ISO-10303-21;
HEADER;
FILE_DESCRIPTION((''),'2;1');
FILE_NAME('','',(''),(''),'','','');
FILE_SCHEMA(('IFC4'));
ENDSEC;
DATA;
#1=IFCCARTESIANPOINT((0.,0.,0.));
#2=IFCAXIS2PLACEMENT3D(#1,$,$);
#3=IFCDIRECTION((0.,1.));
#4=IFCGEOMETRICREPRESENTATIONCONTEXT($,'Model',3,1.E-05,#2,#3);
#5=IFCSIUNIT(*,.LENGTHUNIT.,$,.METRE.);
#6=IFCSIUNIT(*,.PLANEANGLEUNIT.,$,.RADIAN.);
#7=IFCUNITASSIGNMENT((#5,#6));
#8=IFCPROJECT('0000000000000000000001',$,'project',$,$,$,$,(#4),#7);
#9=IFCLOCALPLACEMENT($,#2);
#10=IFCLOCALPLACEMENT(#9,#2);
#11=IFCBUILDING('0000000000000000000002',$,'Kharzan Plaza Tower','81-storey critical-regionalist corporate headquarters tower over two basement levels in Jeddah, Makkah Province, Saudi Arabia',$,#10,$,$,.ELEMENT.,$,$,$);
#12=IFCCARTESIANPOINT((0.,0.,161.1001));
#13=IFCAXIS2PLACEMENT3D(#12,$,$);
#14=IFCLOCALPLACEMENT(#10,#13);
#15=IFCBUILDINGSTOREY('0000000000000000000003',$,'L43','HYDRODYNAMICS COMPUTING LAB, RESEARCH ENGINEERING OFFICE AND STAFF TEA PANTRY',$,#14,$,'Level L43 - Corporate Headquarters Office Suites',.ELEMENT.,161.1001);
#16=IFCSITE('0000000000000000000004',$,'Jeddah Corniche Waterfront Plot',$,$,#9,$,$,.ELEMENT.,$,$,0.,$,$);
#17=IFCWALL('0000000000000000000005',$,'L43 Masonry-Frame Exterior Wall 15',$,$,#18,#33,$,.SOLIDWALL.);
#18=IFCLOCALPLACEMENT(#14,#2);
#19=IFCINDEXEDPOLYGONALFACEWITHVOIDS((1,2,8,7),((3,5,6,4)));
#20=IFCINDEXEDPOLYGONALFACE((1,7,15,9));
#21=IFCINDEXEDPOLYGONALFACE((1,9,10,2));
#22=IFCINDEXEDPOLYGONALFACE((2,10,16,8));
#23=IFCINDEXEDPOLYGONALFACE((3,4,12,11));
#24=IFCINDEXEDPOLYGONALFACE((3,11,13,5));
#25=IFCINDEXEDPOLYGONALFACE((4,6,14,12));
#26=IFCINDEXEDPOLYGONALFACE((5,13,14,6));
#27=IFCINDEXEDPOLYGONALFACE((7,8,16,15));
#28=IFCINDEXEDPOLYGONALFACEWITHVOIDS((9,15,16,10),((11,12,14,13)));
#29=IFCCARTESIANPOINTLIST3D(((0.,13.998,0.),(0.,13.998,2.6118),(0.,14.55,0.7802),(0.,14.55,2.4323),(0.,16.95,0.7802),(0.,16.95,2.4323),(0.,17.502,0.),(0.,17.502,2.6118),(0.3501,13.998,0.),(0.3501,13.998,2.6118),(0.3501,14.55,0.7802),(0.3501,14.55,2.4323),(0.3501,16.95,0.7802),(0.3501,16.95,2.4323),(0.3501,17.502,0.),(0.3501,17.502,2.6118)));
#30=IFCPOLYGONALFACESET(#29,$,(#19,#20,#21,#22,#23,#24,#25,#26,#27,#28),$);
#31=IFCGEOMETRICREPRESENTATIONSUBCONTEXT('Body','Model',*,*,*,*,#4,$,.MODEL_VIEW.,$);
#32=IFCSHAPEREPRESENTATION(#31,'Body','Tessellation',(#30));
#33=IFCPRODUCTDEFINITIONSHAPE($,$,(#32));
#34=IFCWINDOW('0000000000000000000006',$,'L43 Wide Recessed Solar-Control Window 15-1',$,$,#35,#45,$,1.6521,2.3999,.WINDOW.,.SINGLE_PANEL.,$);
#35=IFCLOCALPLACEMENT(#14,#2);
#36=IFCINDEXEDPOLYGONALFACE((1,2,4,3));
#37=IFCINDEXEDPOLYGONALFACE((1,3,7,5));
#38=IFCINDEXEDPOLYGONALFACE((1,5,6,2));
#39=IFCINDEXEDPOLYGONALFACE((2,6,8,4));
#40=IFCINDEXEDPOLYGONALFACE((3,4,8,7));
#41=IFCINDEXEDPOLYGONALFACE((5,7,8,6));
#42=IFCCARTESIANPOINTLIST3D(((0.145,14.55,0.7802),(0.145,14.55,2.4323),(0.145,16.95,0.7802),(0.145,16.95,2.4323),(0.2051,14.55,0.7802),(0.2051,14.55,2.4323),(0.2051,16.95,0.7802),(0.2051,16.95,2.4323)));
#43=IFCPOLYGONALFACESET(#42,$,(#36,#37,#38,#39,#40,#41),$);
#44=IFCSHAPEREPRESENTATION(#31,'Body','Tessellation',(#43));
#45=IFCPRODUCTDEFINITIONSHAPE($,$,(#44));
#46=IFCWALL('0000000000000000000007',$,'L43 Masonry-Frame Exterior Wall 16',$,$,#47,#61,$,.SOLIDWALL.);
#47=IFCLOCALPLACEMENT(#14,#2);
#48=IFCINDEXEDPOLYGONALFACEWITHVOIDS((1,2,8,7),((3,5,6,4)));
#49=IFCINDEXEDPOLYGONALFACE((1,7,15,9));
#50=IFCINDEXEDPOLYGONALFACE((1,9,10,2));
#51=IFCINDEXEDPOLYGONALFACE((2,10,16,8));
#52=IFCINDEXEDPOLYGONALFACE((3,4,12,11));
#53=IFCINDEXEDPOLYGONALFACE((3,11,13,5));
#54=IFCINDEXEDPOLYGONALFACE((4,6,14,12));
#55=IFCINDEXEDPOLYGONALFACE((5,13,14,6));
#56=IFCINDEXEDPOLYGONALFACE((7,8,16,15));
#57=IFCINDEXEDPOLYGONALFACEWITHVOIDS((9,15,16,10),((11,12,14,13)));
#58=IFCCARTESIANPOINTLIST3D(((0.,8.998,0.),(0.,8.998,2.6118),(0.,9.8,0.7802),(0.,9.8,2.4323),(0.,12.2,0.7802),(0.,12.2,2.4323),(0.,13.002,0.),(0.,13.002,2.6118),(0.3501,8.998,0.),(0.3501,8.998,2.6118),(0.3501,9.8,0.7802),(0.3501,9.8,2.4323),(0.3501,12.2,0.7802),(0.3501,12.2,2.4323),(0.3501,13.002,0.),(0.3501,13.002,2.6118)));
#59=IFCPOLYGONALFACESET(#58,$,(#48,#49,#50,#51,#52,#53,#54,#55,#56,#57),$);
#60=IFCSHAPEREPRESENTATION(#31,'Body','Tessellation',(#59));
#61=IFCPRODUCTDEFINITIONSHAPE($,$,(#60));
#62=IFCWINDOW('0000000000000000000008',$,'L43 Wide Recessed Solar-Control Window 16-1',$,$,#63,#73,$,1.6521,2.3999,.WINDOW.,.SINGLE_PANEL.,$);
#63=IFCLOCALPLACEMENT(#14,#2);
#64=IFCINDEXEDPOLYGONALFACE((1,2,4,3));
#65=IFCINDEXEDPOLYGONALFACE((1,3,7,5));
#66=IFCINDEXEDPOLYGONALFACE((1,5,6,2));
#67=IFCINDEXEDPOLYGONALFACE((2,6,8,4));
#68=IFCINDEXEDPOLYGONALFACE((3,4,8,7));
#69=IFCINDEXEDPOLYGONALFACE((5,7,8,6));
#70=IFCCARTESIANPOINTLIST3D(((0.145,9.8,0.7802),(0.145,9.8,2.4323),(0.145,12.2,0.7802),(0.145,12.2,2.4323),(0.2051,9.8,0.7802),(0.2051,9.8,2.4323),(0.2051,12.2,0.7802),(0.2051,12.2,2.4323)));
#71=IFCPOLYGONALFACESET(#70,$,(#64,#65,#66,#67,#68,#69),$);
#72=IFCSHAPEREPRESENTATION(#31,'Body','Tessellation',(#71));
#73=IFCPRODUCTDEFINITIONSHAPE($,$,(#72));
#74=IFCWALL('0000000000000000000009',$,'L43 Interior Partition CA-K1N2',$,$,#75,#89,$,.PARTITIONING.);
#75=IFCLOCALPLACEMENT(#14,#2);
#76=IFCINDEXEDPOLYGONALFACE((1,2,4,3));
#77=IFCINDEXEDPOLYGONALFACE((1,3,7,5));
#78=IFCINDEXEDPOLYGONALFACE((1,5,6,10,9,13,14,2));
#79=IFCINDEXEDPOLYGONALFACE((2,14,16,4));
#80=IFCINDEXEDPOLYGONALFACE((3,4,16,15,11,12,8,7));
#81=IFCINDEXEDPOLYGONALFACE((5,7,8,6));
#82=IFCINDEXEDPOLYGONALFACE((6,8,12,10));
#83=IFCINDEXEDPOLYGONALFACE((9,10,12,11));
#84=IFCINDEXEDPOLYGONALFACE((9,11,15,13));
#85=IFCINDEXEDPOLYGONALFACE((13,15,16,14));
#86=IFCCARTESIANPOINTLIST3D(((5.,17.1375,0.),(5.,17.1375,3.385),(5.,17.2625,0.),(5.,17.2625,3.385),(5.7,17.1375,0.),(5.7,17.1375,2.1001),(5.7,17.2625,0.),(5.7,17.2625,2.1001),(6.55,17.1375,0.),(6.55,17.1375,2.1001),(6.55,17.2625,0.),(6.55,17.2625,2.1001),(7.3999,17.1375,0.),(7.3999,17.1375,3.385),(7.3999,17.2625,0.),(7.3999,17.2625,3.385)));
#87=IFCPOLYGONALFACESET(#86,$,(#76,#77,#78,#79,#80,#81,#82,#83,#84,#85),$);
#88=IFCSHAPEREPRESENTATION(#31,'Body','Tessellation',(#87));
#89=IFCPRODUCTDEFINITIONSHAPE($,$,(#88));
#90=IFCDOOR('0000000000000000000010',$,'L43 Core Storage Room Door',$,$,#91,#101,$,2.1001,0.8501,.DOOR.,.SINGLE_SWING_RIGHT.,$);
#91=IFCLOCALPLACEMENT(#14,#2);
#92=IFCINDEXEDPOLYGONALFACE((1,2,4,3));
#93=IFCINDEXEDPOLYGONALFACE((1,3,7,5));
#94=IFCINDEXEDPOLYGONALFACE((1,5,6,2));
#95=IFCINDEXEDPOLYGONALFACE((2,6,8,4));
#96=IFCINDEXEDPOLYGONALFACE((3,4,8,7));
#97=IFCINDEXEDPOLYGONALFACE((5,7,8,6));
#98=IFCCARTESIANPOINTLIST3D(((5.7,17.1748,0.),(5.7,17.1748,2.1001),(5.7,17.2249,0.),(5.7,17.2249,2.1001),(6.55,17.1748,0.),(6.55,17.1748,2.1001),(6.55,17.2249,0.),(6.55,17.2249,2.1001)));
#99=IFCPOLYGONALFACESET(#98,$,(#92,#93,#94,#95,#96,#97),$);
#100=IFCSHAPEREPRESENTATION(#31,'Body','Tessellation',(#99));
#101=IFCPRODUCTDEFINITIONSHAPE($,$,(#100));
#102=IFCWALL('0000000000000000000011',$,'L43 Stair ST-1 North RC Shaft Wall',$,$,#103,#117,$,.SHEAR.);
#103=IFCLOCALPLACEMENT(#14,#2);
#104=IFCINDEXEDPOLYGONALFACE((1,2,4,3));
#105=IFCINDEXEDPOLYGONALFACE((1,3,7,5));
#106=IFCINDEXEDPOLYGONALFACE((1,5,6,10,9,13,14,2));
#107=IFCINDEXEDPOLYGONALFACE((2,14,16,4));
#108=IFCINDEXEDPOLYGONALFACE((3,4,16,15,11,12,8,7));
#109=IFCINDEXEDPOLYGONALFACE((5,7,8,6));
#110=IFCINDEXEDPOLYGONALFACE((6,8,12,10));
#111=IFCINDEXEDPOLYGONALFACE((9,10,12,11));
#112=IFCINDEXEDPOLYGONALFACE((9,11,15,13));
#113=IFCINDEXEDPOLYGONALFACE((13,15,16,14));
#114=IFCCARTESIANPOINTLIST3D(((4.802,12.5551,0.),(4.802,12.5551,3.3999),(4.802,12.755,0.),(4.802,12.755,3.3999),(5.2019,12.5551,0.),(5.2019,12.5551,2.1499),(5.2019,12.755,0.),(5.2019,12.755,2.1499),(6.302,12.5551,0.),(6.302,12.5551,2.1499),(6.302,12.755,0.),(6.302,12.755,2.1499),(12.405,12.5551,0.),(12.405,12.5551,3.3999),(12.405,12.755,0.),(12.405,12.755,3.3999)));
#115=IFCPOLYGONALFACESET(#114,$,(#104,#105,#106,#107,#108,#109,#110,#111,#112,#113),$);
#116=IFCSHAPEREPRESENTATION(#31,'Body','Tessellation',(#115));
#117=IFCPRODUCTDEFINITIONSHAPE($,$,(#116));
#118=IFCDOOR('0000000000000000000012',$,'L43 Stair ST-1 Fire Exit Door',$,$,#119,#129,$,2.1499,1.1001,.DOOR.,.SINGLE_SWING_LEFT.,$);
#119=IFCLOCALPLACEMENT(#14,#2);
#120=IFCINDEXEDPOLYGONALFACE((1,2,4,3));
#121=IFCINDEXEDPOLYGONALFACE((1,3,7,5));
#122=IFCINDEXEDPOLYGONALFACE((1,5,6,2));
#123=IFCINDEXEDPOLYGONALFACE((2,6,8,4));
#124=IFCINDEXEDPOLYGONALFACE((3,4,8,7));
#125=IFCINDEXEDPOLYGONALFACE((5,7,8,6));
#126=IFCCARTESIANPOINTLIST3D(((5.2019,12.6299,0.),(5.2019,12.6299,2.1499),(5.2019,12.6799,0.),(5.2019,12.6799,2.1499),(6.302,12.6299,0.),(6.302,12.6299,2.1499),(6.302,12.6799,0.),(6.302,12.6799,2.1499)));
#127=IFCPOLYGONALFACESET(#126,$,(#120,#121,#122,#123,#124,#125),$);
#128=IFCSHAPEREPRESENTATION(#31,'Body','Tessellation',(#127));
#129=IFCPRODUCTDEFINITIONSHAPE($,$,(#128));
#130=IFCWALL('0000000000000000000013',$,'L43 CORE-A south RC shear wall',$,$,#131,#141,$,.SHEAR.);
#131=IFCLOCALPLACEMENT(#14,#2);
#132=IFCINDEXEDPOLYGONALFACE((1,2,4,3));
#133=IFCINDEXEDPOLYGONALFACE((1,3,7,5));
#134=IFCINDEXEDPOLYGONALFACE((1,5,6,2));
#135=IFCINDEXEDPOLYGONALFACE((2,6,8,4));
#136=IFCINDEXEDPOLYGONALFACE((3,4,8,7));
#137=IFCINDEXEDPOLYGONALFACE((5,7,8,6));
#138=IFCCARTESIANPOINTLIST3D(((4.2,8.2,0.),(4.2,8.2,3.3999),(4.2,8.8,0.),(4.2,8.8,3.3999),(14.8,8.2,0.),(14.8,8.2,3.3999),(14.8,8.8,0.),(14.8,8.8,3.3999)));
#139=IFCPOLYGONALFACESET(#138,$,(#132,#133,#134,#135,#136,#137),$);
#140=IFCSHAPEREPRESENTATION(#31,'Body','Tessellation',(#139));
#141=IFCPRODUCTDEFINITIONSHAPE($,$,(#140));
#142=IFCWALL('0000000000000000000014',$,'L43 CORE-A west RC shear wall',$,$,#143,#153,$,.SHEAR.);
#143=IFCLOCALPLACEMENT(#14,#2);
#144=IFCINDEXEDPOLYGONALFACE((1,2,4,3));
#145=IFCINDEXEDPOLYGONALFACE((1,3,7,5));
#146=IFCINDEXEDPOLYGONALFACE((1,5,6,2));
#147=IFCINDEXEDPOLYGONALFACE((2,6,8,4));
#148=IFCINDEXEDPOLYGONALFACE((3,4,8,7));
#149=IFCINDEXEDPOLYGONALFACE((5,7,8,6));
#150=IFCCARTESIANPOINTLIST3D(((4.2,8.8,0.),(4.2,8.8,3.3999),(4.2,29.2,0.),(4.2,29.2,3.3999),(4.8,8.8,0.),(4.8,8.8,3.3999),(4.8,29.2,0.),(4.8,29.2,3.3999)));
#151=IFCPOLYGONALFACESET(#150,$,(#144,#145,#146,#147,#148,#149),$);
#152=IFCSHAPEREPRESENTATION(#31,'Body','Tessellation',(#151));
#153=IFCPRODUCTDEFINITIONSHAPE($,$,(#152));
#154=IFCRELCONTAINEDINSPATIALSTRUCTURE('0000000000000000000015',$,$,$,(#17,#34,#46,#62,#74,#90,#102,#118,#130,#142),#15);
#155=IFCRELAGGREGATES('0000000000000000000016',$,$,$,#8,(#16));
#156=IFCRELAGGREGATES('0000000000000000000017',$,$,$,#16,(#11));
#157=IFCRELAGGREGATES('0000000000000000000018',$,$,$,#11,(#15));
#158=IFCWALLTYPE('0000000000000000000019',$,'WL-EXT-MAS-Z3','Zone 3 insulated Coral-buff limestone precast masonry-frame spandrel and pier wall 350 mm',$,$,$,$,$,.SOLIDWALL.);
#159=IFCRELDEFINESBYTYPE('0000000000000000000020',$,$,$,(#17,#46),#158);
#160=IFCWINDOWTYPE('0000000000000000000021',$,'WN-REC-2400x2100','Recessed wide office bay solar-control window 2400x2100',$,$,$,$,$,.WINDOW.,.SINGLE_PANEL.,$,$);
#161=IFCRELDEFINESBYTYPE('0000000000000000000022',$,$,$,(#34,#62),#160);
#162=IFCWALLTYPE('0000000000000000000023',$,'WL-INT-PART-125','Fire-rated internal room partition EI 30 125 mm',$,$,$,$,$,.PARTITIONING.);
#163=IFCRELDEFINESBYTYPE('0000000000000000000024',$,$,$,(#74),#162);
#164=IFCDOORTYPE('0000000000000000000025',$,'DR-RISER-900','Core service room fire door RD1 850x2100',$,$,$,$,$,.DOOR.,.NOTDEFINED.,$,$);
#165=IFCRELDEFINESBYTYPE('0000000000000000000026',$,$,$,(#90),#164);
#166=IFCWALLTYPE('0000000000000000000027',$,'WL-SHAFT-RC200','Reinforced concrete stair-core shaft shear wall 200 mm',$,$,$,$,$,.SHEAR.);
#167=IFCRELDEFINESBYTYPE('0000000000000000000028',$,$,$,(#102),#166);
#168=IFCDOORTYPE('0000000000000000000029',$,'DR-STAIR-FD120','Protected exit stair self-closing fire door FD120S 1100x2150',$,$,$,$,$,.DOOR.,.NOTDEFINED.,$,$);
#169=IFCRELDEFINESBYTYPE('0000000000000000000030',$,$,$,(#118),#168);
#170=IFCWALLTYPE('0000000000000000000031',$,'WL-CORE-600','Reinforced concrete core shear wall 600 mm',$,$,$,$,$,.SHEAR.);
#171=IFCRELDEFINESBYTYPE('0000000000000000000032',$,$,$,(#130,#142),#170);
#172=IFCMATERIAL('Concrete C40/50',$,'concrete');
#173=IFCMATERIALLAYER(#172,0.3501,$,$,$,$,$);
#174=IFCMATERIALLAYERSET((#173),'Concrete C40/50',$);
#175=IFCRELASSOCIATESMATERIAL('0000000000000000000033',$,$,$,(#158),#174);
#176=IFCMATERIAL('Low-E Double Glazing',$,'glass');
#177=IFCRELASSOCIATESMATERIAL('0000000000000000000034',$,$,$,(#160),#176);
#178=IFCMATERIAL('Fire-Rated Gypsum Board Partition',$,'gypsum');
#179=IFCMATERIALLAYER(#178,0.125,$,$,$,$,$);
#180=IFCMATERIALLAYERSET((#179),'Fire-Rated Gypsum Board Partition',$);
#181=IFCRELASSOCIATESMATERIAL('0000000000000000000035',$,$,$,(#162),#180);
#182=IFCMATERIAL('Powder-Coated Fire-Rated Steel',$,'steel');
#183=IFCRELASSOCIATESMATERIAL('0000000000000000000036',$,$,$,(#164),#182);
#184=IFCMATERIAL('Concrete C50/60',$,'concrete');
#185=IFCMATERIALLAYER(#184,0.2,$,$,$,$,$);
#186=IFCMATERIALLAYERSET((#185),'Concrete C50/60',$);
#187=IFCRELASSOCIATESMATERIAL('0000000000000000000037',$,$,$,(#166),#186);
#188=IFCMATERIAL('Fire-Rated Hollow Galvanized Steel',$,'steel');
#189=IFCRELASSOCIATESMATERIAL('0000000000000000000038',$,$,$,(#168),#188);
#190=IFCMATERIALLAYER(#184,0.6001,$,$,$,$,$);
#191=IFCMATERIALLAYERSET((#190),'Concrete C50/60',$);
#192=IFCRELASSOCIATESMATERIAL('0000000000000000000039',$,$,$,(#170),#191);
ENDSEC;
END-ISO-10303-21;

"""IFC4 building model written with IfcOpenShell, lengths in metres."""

from ifc_helpers import new_model, si_unit, direction, frame, frame_2d, origin, place, context, subcontext, project, spatial, rectangle, extrude, source, transform, mapped, material, layer, layer_set, type_object, element, fill, save


model = new_model("IFC4")

# Units and contexts
model_context = context("Model", 3, precision=1e-05, world=origin(), true_north=direction((0.0, 1.0)))
body_context = subcontext(model_context, "Body", "Model", "MODEL_VIEW")
ifc_project = project(units=[si_unit("LENGTHUNIT", "METRE"), si_unit("PLANEANGLEUNIT", "RADIAN")], contexts=[model_context])

# Site, building, storey
site_placement = place(None, origin())
site = spatial("IfcSite", under=ifc_project, at=site_placement, Name="Jeddah Corniche Waterfront Plot", CompositionType="ELEMENT", RefElevation=0.0)
building_placement = place(site_placement, origin())
building = spatial("IfcBuilding", under=site, at=building_placement, Name="Kharzan Plaza Tower", Description="81-storey critical-regionalist corporate headquarters tower over two basement levels in Jeddah, Makkah Province, Saudi Arabia", CompositionType="ELEMENT")
storey_placement = place(building_placement, frame((0.0, 0.0, 161.1001)))
storey = spatial("IfcBuildingStorey", under=building, at=storey_placement, Name="L43", Description="HYDRODYNAMICS COMPUTING LAB, RESEARCH ENGINEERING OFFICE AND STAFF TEA PANTRY", LongName="Level L43 - Corporate Headquarters Office Suites", CompositionType="ELEMENT", Elevation=161.1001)

# Shared definitions
ifc_material_1 = material(Name="Concrete C50/60", Category="concrete")

# Walls, openings, windows
ifc_material_2 = material(Name="Concrete C40/50", Category="concrete")
ifc_layer_1 = layer(ifc_material_2, 0.3501)
ifc_layer_set_1 = layer_set([ifc_layer_1], Name="Concrete C40/50")
wall_type_1 = type_object("IfcWallType", Name="WL-EXT-MAS-Z3", Description="Zone 3 insulated Coral-buff limestone precast masonry-frame spandrel and pier wall 350 mm", PredefinedType="SOLIDWALL", material=ifc_layer_set_1)
wall_1_placement = place(storey_placement, frame((0.175, 17.502, 0.0), z_axis=(0.0, 0.0, 1.0), x_axis=(0.0, -1.0, 0.0)))
wall_1 = element("IfcWall", 1, at=wall_1_placement, inside=storey, type_object=wall_type_1, Name="L43 Masonry-Frame Exterior Wall 15", PredefinedType="SOLIDWALL", context=body_context, shape_type="SweptSolid", body=[
    extrude(rectangle(XDim=3.5039, YDim=0.3501, at=frame_2d((1.752, 0.0))), origin(), (0.0, 0.0, 1.0), 2.6118),
])
opening_1_placement = place(wall_1_placement, frame((0.552, 0.0, 0.78)))
opening_1 = element("IfcOpeningElement", 2, at=opening_1_placement, cuts=wall_1, PredefinedType="OPENING", context=body_context, shape_type="SweptSolid", body=[
    extrude(rectangle(XDim=2.3999, YDim=1.6521, at=frame_2d((1.2, 0.8262))), frame((0.0, 0.1851, 0.0), z_axis=(0.0, -1.0, 0.0), x_axis=(1.0, 0.0, 0.0)), (0.0, 0.0, 1.0), 0.3701),
])
ifc_material_3 = material(Name="Low-E Double Glazing", Category="glass")
window_type = type_object("IfcWindowType", Name="WN-REC-2400x2100", Description="Recessed wide office bay solar-control window 2400x2100", PartitioningType="SINGLE_PANEL", PredefinedType="WINDOW", material=ifc_material_3)
shared_shape_1 = source(origin(), body_context, "Body", "SweptSolid", [
    extrude(rectangle(XDim=2.3999, YDim=1.6521, at=frame_2d((1.2, 0.8262))), frame((0.0, 0.03, 0.0), z_axis=(0.0, -1.0, 0.0), x_axis=(1.0, 0.0, 0.0)), (0.0, 0.0, 1.0), 0.0601),
])
window_1_placement = place(opening_1_placement, origin())
window_1 = element("IfcWindow", 3, at=window_1_placement, inside=storey, type_object=window_type, Name="L43 Wide Recessed Solar-Control Window 15-1", OverallHeight=1.6521, OverallWidth=2.3999, PartitioningType="SINGLE_PANEL", PredefinedType="WINDOW", context=body_context, shape_type="MappedRepresentation", body=[
    mapped(shared_shape_1, transform((0.0, 0.0, 0.0), x_axis=(1.0, 0.0, 0.0), y_axis=(0.0, 1.0, 0.0), z_axis=(0.0, 0.0, 1.0))),
])
fill(opening_1, window_1)
wall_2_placement = place(storey_placement, frame((0.175, 13.002, 0.0), z_axis=(0.0, 0.0, 1.0), x_axis=(0.0, -1.0, 0.0)))
wall_2 = element("IfcWall", 4, at=wall_2_placement, inside=storey, type_object=wall_type_1, Name="L43 Masonry-Frame Exterior Wall 16", PredefinedType="SOLIDWALL", context=body_context, shape_type="SweptSolid", body=[
    extrude(rectangle(XDim=4.0039, YDim=0.3501, at=frame_2d((2.002, 0.0))), origin(), (0.0, 0.0, 1.0), 2.6118),
])
opening_2_placement = place(wall_2_placement, frame((0.802, 0.0, 0.78)))
opening_2 = element("IfcOpeningElement", 5, at=opening_2_placement, cuts=wall_2, PredefinedType="OPENING", context=body_context, shape_type="SweptSolid", body=[
    extrude(rectangle(XDim=2.3999, YDim=1.6521, at=frame_2d((1.2, 0.8262))), frame((0.0, 0.1851, 0.0), z_axis=(0.0, -1.0, 0.0), x_axis=(1.0, 0.0, 0.0)), (0.0, 0.0, 1.0), 0.3701),
])
window_2_placement = place(opening_2_placement, origin())
window_2 = element("IfcWindow", 6, at=window_2_placement, inside=storey, type_object=window_type, Name="L43 Wide Recessed Solar-Control Window 16-1", OverallHeight=1.6521, OverallWidth=2.3999, PartitioningType="SINGLE_PANEL", PredefinedType="WINDOW", context=body_context, shape_type="MappedRepresentation", body=[
    mapped(shared_shape_1, transform((0.0, 0.0, 0.0), x_axis=(1.0, 0.0, 0.0), y_axis=(0.0, 1.0, 0.0), z_axis=(0.0, 0.0, 1.0))),
])
fill(opening_2, window_2)

# Walls, openings, doors
ifc_material_4 = material(Name="Fire-Rated Gypsum Board Partition", Category="gypsum")
ifc_layer_2 = layer(ifc_material_4, 0.125)
ifc_layer_set_2 = layer_set([ifc_layer_2], Name="Fire-Rated Gypsum Board Partition")
wall_type_2 = type_object("IfcWallType", Name="WL-INT-PART-125", Description="Fire-rated internal room partition EI 30 125 mm", PredefinedType="PARTITIONING", material=ifc_layer_set_2)
wall_3_placement = place(storey_placement, frame((5.0, 17.2, 0.0), z_axis=(0.0, 0.0, 1.0), x_axis=(1.0, 0.0, 0.0)))
wall_3 = element("IfcWall", 7, at=wall_3_placement, inside=storey, type_object=wall_type_2, Name="L43 Interior Partition CA-K1N2", PredefinedType="PARTITIONING", context=body_context, shape_type="SweptSolid", body=[
    extrude(rectangle(XDim=2.3999, YDim=0.125, at=frame_2d((1.2, 0.0))), origin(), (0.0, 0.0, 1.0), 3.385),
])
opening_3_placement = place(wall_3_placement, frame((0.7, 0.0, 0.0)))
opening_3 = element("IfcOpeningElement", 8, at=opening_3_placement, cuts=wall_3, PredefinedType="OPENING", context=body_context, shape_type="SweptSolid", body=[
    extrude(rectangle(XDim=0.8501, YDim=2.1001, at=frame_2d((0.425, 1.05))), frame((0.0, 0.0725, 0.0), z_axis=(0.0, -1.0, 0.0), x_axis=(1.0, 0.0, 0.0)), (0.0, 0.0, 1.0), 0.145),
])
ifc_material_5 = material(Name="Powder-Coated Fire-Rated Steel", Category="steel")
door_type_1 = type_object("IfcDoorType", Name="DR-RISER-900", Description="Core service room fire door RD1 850x2100", OperationType="NOTDEFINED", PredefinedType="DOOR", material=ifc_material_5)
shared_shape_2 = source(origin(), body_context, "Body", "SweptSolid", [
    extrude(rectangle(XDim=0.8501, YDim=2.1001, at=frame_2d((0.425, 1.05))), frame((0.0, 0.0249, 0.0), z_axis=(0.0, -1.0, 0.0), x_axis=(1.0, 0.0, 0.0)), (0.0, 0.0, 1.0), 0.05),
])
door_1_placement = place(opening_3_placement, origin())
door_1 = element("IfcDoor", 9, at=door_1_placement, inside=storey, type_object=door_type_1, Name="L43 Core Storage Room Door", OperationType="SINGLE_SWING_RIGHT", OverallHeight=2.1001, OverallWidth=0.8501, PredefinedType="DOOR", context=body_context, shape_type="MappedRepresentation", body=[
    mapped(shared_shape_2, transform((0.0, 0.0, 0.0), x_axis=(1.0, 0.0, 0.0), y_axis=(0.0, 1.0, 0.0), z_axis=(0.0, 0.0, 1.0))),
])
fill(opening_3, door_1)
ifc_layer_3 = layer(ifc_material_1, 0.2)
ifc_layer_set_3 = layer_set([ifc_layer_3], Name="Concrete C50/60")
wall_type_3 = type_object("IfcWallType", Name="WL-SHAFT-RC200", Description="Reinforced concrete stair-core shaft shear wall 200 mm", PredefinedType="SHEAR", material=ifc_layer_set_3)
wall_4_placement = place(storey_placement, frame((4.802, 12.655, 0.0), z_axis=(0.0, 0.0, 1.0), x_axis=(1.0, 0.0, 0.0)))
wall_4 = element("IfcWall", 10, at=wall_4_placement, inside=storey, type_object=wall_type_3, Name="L43 Stair ST-1 North RC Shaft Wall", PredefinedType="SHEAR", context=body_context, shape_type="SweptSolid", body=[
    extrude(rectangle(XDim=7.603, YDim=0.2, at=frame_2d((3.8015, 0.0))), origin(), (0.0, 0.0, 1.0), 3.3999),
])
opening_4_placement = place(wall_4_placement, frame((0.3999, 0.0, 0.0)))
opening_4 = element("IfcOpeningElement", 11, at=opening_4_placement, cuts=wall_4, PredefinedType="OPENING", context=body_context, shape_type="SweptSolid", body=[
    extrude(rectangle(XDim=1.1001, YDim=2.1499, at=frame_2d((0.55, 1.075))), frame((0.0, 0.1099, 0.0), z_axis=(0.0, -1.0, 0.0), x_axis=(1.0, 0.0, 0.0)), (0.0, 0.0, 1.0), 0.22),
])
ifc_material_6 = material(Name="Fire-Rated Hollow Galvanized Steel", Category="steel")
door_type_2 = type_object("IfcDoorType", Name="DR-STAIR-FD120", Description="Protected exit stair self-closing fire door FD120S 1100x2150", OperationType="NOTDEFINED", PredefinedType="DOOR", material=ifc_material_6)
shared_shape_3 = source(origin(), body_context, "Body", "SweptSolid", [
    extrude(rectangle(XDim=1.1001, YDim=2.1499, at=frame_2d((0.55, 1.075))), frame((0.0, 0.0249, 0.0), z_axis=(0.0, -1.0, 0.0), x_axis=(1.0, 0.0, 0.0)), (0.0, 0.0, 1.0), 0.05),
])
door_2_placement = place(opening_4_placement, origin())
door_2 = element("IfcDoor", 12, at=door_2_placement, inside=storey, type_object=door_type_2, Name="L43 Stair ST-1 Fire Exit Door", OperationType="SINGLE_SWING_LEFT", OverallHeight=2.1499, OverallWidth=1.1001, PredefinedType="DOOR", context=body_context, shape_type="MappedRepresentation", body=[
    mapped(shared_shape_3, transform((0.0, 0.0, 0.0), x_axis=(1.0, 0.0, 0.0), y_axis=(0.0, 1.0, 0.0), z_axis=(0.0, 0.0, 1.0))),
])
fill(opening_4, door_2)

# Walls
ifc_layer_4 = layer(ifc_material_1, 0.6001)
ifc_layer_set_4 = layer_set([ifc_layer_4], Name="Concrete C50/60")
wall_type_4 = type_object("IfcWallType", Name="WL-CORE-600", Description="Reinforced concrete core shear wall 600 mm", PredefinedType="SHEAR", material=ifc_layer_set_4)
shared_shape_4 = source(origin(), body_context, "Body", "SweptSolid", [
    extrude(rectangle(XDim=10.6001, YDim=0.6001, at=frame_2d((5.3, 0.0))), origin(), (0.0, 0.0, 1.0), 3.3999),
])
wall_5_placement = place(storey_placement, frame((4.2, 8.5, 0.0), z_axis=(0.0, 0.0, 1.0), x_axis=(1.0, 0.0, 0.0)))
element("IfcWall", 13, at=wall_5_placement, inside=storey, type_object=wall_type_4, Name="L43 CORE-A south RC shear wall", PredefinedType="SHEAR", context=body_context, shape_type="MappedRepresentation", body=[
    mapped(shared_shape_4, transform((0.0, 0.0, 0.0), x_axis=(1.0, 0.0, 0.0), y_axis=(0.0, 1.0, 0.0), z_axis=(0.0, 0.0, 1.0))),
])
shared_shape_5 = source(origin(), body_context, "Body", "SweptSolid", [
    extrude(rectangle(XDim=20.3999, YDim=0.6001, at=frame_2d((10.2, 0.0))), origin(), (0.0, 0.0, 1.0), 3.3999),
])
wall_6_placement = place(storey_placement, frame((4.5, 8.8, 0.0), z_axis=(0.0, 0.0, 1.0), x_axis=(0.0, 1.0, 0.0)))
element("IfcWall", 14, at=wall_6_placement, inside=storey, type_object=wall_type_4, Name="L43 CORE-A west RC shear wall", PredefinedType="SHEAR", context=body_context, shape_type="MappedRepresentation", body=[
    mapped(shared_shape_5, transform((0.0, 0.0, 0.0), x_axis=(1.0, 0.0, 0.0), y_axis=(0.0, 1.0, 0.0), z_axis=(0.0, 0.0, 1.0))),
])

save(model, "model.ifc")
